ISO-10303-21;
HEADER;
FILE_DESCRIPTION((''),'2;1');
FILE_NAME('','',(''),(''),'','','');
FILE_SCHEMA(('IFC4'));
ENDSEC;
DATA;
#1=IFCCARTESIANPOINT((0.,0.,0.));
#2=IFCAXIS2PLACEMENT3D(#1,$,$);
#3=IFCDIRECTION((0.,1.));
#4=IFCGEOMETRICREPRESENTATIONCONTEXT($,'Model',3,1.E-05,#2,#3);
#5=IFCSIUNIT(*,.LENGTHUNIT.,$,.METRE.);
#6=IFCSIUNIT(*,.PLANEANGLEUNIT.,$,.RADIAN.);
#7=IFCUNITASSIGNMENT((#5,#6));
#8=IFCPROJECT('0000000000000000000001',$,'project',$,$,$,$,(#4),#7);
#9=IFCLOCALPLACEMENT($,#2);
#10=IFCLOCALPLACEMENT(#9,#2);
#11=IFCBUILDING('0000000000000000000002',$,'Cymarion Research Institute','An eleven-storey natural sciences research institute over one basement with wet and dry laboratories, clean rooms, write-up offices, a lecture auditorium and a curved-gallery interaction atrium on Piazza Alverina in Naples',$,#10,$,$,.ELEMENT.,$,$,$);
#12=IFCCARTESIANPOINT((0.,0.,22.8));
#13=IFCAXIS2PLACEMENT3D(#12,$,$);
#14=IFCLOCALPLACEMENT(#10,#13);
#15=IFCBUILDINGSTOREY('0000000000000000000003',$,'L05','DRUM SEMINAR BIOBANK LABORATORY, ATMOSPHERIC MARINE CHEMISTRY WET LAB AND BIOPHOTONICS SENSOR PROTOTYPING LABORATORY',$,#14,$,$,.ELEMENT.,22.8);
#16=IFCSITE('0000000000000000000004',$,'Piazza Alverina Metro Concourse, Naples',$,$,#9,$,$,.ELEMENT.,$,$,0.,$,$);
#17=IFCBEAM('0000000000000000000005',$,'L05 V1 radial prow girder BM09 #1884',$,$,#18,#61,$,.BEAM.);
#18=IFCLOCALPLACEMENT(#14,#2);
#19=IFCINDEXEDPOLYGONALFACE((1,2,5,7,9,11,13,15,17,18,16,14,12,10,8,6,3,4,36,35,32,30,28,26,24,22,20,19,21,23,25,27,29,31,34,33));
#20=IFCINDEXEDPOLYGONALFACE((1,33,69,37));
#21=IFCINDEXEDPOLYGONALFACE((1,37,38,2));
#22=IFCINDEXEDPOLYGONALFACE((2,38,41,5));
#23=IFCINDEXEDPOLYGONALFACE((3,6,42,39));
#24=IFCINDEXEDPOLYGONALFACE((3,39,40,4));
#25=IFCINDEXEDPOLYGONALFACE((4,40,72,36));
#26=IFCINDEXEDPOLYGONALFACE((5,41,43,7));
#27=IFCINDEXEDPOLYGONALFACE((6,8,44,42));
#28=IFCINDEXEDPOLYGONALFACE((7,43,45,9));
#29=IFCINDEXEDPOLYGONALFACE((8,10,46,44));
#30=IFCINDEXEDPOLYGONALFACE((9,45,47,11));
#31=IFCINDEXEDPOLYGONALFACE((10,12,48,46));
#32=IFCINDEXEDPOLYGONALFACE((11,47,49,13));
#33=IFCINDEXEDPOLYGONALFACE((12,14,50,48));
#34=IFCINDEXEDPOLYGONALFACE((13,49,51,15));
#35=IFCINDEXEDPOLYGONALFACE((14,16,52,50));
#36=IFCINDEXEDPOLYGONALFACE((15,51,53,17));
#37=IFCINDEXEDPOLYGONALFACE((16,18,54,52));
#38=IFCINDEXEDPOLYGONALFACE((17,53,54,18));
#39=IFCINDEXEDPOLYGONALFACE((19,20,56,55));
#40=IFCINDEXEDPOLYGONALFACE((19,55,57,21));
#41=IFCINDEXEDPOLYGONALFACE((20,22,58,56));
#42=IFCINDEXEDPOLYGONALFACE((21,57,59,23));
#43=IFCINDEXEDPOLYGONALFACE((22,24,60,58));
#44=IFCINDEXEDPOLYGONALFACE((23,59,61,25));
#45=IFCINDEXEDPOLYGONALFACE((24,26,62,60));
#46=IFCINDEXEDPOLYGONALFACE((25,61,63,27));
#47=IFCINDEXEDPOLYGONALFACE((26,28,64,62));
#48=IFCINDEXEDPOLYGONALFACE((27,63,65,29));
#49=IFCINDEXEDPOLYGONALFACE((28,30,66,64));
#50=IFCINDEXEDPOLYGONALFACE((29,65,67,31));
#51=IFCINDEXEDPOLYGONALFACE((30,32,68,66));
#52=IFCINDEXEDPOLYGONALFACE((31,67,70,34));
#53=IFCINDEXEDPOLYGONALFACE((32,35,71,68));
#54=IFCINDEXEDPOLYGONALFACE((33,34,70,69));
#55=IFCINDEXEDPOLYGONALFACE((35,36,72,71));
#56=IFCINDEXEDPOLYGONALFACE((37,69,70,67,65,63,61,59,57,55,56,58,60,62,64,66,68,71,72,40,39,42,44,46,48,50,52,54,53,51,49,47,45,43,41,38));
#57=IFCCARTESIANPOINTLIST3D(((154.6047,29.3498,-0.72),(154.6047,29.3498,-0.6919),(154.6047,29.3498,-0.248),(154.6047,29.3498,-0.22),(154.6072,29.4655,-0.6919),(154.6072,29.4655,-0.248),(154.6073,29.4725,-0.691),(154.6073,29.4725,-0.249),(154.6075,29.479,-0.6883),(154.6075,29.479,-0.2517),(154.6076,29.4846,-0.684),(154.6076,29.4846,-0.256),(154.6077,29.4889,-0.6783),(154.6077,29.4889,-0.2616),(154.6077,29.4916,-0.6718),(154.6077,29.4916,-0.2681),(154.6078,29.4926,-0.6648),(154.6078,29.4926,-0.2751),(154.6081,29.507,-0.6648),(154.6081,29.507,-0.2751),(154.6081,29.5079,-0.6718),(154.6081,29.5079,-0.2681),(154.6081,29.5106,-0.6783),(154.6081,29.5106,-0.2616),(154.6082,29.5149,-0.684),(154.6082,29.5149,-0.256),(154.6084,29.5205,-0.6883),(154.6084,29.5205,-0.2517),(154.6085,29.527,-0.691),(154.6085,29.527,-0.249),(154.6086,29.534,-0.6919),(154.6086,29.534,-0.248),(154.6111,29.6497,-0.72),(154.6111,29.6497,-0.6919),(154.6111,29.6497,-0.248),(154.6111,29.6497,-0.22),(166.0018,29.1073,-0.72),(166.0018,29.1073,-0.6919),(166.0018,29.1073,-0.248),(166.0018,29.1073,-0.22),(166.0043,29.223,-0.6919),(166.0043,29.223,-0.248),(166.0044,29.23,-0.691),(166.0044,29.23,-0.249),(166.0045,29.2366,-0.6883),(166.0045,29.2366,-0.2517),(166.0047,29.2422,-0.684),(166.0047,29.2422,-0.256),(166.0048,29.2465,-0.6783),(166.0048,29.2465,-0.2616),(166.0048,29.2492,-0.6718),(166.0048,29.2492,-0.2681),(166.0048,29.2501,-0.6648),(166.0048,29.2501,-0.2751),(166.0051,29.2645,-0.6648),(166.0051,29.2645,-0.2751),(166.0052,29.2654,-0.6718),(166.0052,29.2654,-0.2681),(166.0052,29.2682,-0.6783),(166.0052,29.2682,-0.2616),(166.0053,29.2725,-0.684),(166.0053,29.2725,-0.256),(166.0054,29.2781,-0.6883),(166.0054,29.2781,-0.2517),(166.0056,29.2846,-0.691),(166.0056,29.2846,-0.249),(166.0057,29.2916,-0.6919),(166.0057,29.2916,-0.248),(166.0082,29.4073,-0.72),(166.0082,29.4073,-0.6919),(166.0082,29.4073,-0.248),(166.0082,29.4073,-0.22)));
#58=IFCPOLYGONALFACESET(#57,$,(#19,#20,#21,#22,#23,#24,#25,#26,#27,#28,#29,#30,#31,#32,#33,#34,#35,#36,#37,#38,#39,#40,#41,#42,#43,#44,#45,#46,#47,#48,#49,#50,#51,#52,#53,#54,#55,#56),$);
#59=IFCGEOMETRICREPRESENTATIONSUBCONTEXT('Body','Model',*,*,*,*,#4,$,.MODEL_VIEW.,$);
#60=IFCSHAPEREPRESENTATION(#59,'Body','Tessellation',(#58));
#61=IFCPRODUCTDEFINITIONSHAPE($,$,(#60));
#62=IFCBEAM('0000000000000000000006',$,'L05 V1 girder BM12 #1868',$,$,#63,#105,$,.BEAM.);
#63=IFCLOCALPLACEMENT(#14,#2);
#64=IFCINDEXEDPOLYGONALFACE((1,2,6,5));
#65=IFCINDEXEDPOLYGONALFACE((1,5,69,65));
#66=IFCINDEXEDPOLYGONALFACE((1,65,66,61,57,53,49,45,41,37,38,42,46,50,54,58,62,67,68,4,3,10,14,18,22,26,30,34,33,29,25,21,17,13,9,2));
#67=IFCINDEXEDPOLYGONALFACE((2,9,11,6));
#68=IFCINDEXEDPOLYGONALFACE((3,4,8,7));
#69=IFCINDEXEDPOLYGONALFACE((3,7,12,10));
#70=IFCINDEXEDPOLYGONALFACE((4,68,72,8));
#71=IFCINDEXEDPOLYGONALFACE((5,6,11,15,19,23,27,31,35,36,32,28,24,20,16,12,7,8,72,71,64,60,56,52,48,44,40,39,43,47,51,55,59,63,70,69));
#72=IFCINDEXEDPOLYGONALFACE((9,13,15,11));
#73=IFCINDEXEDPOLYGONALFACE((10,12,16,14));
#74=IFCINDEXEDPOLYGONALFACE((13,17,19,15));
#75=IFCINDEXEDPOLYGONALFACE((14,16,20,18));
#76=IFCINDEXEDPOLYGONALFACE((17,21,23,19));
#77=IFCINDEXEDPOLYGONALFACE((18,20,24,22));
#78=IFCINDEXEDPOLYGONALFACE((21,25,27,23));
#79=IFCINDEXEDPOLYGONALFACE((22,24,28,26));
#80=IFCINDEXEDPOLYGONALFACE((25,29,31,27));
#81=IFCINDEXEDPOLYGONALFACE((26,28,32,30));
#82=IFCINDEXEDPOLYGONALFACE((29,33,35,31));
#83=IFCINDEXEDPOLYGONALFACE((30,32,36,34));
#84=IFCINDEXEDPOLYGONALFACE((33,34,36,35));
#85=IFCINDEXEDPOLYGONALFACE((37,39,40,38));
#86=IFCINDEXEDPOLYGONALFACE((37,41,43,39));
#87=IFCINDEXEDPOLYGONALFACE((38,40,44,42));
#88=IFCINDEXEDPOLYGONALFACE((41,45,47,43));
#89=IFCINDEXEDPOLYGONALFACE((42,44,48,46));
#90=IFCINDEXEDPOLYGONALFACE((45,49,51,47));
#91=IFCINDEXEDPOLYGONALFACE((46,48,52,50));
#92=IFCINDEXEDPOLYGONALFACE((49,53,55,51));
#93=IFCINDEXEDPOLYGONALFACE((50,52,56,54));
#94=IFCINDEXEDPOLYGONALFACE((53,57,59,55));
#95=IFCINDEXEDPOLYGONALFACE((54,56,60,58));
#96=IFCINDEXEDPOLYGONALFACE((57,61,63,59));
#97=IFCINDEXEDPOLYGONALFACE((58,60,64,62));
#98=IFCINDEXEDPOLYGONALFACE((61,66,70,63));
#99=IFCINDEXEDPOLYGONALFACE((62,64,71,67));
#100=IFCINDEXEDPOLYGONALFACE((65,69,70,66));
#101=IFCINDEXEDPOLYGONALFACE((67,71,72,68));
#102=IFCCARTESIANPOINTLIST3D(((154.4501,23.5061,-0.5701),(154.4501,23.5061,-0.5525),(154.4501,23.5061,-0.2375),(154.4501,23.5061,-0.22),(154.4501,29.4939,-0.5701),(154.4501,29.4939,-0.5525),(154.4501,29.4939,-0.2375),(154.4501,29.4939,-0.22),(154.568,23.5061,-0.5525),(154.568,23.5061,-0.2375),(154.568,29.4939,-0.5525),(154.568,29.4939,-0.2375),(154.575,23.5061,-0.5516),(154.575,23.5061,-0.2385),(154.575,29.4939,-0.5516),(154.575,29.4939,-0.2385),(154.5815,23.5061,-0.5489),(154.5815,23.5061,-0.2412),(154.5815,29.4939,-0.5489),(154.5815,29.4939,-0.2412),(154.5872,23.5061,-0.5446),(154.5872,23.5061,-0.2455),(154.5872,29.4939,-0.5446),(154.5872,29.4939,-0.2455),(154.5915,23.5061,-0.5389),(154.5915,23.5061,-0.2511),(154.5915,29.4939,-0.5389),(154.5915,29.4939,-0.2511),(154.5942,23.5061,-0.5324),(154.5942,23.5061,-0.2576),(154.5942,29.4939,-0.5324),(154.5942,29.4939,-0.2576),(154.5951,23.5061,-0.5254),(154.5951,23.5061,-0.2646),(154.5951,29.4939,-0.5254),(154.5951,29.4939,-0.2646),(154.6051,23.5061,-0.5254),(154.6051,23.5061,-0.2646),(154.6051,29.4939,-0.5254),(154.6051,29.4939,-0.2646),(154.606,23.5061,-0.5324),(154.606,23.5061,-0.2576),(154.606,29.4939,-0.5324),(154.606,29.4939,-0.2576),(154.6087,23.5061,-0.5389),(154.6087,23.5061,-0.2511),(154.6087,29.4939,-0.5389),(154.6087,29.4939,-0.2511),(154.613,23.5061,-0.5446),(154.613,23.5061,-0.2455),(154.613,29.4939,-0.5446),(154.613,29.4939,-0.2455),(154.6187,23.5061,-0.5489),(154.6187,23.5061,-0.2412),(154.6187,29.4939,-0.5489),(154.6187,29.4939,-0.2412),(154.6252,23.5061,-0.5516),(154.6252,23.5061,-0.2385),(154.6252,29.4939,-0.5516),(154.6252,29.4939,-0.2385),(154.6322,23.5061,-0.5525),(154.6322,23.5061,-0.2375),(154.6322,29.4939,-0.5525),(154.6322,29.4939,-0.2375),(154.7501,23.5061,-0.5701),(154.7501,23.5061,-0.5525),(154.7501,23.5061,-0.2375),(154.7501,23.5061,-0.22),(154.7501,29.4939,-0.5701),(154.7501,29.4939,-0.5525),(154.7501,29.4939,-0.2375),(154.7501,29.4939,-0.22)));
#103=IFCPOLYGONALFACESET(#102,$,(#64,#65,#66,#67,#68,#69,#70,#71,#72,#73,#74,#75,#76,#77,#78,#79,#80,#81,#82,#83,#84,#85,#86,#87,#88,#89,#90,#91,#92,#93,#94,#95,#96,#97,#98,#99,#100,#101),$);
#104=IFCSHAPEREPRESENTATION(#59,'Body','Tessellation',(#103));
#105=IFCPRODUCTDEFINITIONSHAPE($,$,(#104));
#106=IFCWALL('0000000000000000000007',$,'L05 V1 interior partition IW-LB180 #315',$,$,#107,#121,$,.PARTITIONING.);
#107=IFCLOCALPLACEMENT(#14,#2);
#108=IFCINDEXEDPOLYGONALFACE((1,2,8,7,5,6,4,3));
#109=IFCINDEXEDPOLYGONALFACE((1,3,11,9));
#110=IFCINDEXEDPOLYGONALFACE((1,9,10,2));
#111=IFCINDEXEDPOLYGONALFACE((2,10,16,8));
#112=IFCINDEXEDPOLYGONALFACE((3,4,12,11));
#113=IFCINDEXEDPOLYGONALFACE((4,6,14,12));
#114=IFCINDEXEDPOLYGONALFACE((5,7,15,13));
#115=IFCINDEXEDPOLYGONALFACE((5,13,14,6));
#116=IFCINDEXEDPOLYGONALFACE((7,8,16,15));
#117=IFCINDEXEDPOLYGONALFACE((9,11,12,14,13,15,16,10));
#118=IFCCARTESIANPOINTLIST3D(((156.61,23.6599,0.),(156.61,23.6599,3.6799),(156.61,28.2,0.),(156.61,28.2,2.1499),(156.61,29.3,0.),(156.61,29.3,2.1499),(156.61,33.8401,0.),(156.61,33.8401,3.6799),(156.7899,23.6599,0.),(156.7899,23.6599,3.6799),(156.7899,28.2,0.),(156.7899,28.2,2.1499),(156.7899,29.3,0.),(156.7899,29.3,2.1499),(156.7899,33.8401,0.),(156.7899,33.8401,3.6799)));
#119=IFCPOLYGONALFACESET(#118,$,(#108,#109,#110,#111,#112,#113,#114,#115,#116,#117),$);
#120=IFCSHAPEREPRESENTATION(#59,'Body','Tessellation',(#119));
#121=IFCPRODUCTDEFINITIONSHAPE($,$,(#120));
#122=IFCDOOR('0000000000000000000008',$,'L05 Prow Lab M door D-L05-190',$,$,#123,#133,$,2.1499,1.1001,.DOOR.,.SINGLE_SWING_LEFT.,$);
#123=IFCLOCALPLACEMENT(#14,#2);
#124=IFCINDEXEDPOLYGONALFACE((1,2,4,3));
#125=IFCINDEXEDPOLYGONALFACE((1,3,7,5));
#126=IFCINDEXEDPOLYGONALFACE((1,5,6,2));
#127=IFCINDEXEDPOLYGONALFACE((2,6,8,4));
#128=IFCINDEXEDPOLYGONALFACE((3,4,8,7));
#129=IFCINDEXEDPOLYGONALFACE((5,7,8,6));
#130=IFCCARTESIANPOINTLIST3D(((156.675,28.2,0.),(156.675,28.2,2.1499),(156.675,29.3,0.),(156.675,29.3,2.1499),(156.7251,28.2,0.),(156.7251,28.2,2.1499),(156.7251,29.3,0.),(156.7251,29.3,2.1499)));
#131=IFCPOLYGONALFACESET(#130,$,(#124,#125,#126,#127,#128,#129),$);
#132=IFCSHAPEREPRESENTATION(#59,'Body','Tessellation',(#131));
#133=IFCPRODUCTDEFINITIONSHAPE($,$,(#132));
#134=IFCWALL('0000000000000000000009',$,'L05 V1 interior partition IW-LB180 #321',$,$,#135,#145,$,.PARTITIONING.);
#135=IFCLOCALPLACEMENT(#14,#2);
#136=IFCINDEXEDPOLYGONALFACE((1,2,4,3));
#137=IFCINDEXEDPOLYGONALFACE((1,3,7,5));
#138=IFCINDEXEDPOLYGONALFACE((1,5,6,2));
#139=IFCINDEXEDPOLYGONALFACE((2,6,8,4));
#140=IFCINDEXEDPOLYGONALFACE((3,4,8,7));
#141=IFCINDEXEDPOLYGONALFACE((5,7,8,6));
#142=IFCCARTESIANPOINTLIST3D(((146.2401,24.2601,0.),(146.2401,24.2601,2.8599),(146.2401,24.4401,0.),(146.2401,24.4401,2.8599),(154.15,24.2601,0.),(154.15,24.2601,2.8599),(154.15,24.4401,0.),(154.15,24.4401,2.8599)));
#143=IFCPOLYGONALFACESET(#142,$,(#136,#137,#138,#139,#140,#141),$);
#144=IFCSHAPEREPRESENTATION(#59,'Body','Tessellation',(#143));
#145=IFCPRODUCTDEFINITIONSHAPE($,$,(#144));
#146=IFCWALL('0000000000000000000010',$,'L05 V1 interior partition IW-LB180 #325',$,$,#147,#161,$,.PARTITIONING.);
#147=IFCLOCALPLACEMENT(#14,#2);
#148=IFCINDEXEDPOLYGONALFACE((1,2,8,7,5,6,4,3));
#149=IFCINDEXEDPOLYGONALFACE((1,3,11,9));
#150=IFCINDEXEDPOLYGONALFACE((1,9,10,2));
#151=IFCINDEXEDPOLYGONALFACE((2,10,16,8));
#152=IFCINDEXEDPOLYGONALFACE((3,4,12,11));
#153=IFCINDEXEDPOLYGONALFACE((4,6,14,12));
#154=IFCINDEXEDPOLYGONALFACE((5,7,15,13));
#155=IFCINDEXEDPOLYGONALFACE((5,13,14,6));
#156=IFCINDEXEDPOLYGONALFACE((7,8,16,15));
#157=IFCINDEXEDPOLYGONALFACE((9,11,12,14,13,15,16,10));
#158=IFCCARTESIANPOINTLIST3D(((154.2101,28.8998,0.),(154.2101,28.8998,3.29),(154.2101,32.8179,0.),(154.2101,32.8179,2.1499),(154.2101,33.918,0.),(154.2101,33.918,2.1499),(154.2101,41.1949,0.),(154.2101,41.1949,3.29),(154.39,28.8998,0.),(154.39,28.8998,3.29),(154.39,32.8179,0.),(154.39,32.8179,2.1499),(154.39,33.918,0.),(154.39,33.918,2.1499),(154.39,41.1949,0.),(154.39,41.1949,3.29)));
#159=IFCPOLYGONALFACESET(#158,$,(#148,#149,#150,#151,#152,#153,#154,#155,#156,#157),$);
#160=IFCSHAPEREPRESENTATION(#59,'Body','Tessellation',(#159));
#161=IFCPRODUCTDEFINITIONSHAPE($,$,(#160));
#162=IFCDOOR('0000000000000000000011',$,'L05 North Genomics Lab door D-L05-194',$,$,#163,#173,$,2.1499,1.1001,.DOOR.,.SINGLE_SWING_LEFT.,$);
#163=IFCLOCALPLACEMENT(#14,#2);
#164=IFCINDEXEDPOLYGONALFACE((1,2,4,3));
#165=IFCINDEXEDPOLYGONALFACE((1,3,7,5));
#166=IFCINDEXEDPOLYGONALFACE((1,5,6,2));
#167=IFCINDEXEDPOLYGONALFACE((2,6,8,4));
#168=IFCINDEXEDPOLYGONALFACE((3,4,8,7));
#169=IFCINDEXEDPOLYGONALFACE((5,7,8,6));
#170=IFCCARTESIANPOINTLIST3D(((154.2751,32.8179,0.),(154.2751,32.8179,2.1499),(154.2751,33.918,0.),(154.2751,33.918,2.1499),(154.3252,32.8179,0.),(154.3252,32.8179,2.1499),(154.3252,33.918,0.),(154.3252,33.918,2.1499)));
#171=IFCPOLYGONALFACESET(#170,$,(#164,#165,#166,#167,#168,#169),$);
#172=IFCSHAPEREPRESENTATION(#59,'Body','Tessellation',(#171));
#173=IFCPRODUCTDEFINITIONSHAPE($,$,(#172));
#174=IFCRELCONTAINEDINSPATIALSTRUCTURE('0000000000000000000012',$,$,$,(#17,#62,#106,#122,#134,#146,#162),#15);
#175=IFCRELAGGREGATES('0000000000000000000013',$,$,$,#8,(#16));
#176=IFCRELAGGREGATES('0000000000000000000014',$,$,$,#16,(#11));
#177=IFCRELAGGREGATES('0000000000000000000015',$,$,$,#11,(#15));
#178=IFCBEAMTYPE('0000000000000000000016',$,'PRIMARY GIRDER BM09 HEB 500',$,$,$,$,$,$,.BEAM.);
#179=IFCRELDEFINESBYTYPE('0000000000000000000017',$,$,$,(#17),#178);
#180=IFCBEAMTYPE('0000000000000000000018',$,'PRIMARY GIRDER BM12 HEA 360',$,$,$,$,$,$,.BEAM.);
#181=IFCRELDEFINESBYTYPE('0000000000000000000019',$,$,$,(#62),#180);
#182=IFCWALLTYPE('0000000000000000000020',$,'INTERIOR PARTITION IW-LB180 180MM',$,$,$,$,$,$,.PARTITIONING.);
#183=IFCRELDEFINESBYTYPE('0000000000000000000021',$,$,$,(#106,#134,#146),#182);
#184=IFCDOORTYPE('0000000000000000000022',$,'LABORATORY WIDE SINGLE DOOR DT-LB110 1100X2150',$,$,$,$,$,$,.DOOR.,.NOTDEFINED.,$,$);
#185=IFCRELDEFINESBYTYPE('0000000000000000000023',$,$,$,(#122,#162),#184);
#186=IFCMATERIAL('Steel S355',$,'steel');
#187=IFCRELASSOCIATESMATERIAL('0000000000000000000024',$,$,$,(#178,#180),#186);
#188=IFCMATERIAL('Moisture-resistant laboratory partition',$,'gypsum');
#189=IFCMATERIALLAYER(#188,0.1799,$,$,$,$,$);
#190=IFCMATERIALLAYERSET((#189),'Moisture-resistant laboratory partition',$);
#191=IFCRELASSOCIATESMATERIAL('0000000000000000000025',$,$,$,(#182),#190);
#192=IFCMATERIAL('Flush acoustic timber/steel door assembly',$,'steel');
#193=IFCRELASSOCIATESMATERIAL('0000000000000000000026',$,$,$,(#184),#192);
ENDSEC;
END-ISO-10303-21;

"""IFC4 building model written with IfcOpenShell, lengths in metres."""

from ifc_helpers import new_model, si_unit, direction, frame, frame_2d, origin, origin_2d, place, context, subcontext, project, spatial, rectangle, i_section, extrude, material, layer, layer_set, material_profile, profile_set, type_object, element, fill, save


model = new_model("IFC4")

# Units and contexts
model_context = context("Model", 3, precision=1e-05, world=origin(), true_north=direction((0.0, 1.0)))
body_context = subcontext(model_context, "Body", "Model", "MODEL_VIEW")
ifc_project = project(units=[si_unit("LENGTHUNIT", "METRE"), si_unit("PLANEANGLEUNIT", "RADIAN")], contexts=[model_context])

# Site, building, storey
site_placement = place(None, origin())
site = spatial("IfcSite", under=ifc_project, at=site_placement, Name="Piazza Alverina Metro Concourse, Naples", CompositionType="ELEMENT", RefElevation=0.0)
building_placement = place(site_placement, origin())
building = spatial("IfcBuilding", under=site, at=building_placement, Name="Cymarion Research Institute", Description="An eleven-storey natural sciences research institute over one basement with wet and dry laboratories, clean rooms, write-up offices, a lecture auditorium and a curved-gallery interaction atrium on Piazza Alverina in Naples", CompositionType="ELEMENT")
storey_placement = place(building_placement, frame((0.0, 0.0, 22.8)))
storey = spatial("IfcBuildingStorey", under=building, at=storey_placement, Name="L05", Description="DRUM SEMINAR BIOBANK LABORATORY, ATMOSPHERIC MARINE CHEMISTRY WET LAB AND BIOPHOTONICS SENSOR PROTOTYPING LABORATORY", CompositionType="ELEMENT", Elevation=22.8)

# Shared definitions
ifc_material_1 = material(Name="Steel S355", Category="steel")

# Beams
ifc_material_profile_1 = material_profile(ifc_material_1, i_section(OverallWidth=0.3, OverallDepth=0.5, WebThickness=0.0144, FlangeThickness=0.0281, FilletRadius=0.0271, at=origin_2d()), Name="HEB 500")
ifc_profile_set_1 = profile_set([ifc_material_profile_1], Name="Steel S355")
beam_type_1 = type_object("IfcBeamType", Name="PRIMARY GIRDER BM09 HEB 500", PredefinedType="BEAM", material=ifc_profile_set_1)
beam_1_placement = place(storey_placement, frame((154.6079, 29.4998, -0.47), z_axis=(0.999774, -0.021267, 0.0), x_axis=(0.021267, 0.999774, 0.0)))
element("IfcBeam", 1, at=beam_1_placement, inside=storey, type_object=beam_type_1, Name="L05 V1 radial prow girder BM09 #1884", PredefinedType="BEAM", context=body_context, shape_type="SweptSolid", body=[
    extrude(i_section(OverallWidth=0.3, OverallDepth=0.5, WebThickness=0.0144, FlangeThickness=0.0281, FilletRadius=0.0271, at=origin_2d()), origin(), (0.0, 0.0, 1.0), 11.3997),
])
ifc_material_profile_2 = material_profile(ifc_material_1, i_section(OverallWidth=0.3, OverallDepth=0.3501, WebThickness=0.01, FlangeThickness=0.0176, FilletRadius=0.0271, at=origin_2d()), Name="HEA 360")
ifc_profile_set_2 = profile_set([ifc_material_profile_2], Name="Steel S355")
beam_type_2 = type_object("IfcBeamType", Name="PRIMARY GIRDER BM12 HEA 360", PredefinedType="BEAM", material=ifc_profile_set_2)
beam_2_placement = place(storey_placement, frame((154.6001, 23.5061, -0.395), z_axis=(0.0, 1.0, 0.0), x_axis=(-1.0, 0.0, 0.0)))
element("IfcBeam", 2, at=beam_2_placement, inside=storey, type_object=beam_type_2, Name="L05 V1 girder BM12 #1868", PredefinedType="BEAM", context=body_context, shape_type="SweptSolid", body=[
    extrude(i_section(OverallWidth=0.3, OverallDepth=0.3501, WebThickness=0.01, FlangeThickness=0.0176, FilletRadius=0.0271, at=origin_2d()), origin(), (0.0, 0.0, 1.0), 5.9878),
])

# Wall, opening, door
ifc_material_2 = material(Name="Moisture-resistant laboratory partition", Category="gypsum")
ifc_layer_1 = layer(ifc_material_2, 0.1799)
ifc_layer_set_1 = layer_set([ifc_layer_1], Name="Moisture-resistant laboratory partition")
wall_type_1 = type_object("IfcWallType", Name="INTERIOR PARTITION IW-LB180 180MM", PredefinedType="PARTITIONING", material=ifc_layer_set_1)
wall_1_placement = place(storey_placement, frame((156.7, 23.6599, 0.0), z_axis=(0.0, 0.0, 1.0), x_axis=(0.0, 1.0, 0.0)))
wall_1 = element("IfcWall", 3, at=wall_1_placement, inside=storey, type_object=wall_type_1, Name="L05 V1 interior partition IW-LB180 #315", PredefinedType="PARTITIONING", context=body_context, shape_type="SweptSolid", body=[
    extrude(rectangle(XDim=10.1802, YDim=0.1799, at=frame_2d((5.0901, 0.0))), origin(), (0.0, 0.0, 1.0), 3.6799),
])
opening_1_placement = place(wall_1_placement, frame((4.54, 0.0, 0.0)))
opening_1 = element("IfcOpeningElement", 4, at=opening_1_placement, cuts=wall_1, PredefinedType="OPENING", context=body_context, shape_type="SweptSolid", body=[
    extrude(rectangle(XDim=1.1001, YDim=2.1499, at=frame_2d((0.55, 1.075))), frame((0.0, 0.0999, 0.0), z_axis=(0.0, -1.0, 0.0), x_axis=(1.0, 0.0, 0.0)), (0.0, 0.0, 1.0), 0.2),
])
ifc_material_3 = material(Name="Flush acoustic timber/steel door assembly", Category="steel")
door_type_1 = type_object("IfcDoorType", Name="LABORATORY WIDE SINGLE DOOR DT-LB110 1100X2150", OperationType="NOTDEFINED", PredefinedType="DOOR", material=ifc_material_3)
door_1_placement = place(opening_1_placement, origin())
door_1 = element("IfcDoor", 5, at=door_1_placement, inside=storey, type_object=door_type_1, Name="L05 Prow Lab M door D-L05-190", OperationType="SINGLE_SWING_LEFT", OverallHeight=2.1499, OverallWidth=1.1001, PredefinedType="DOOR", context=body_context, shape_type="SweptSolid", body=[
    extrude(rectangle(XDim=1.1001, YDim=2.1499, at=frame_2d((0.55, 1.075))), frame((0.0, 0.0249, 0.0), z_axis=(0.0, -1.0, 0.0), x_axis=(1.0, 0.0, 0.0)), (0.0, 0.0, 1.0), 0.05),
])
fill(opening_1, door_1)

# Wall
wall_2_placement = place(storey_placement, frame((146.24, 24.3501, 0.0), z_axis=(0.0, 0.0, 1.0), x_axis=(1.0, 0.0, 0.0)))
element("IfcWall", 6, at=wall_2_placement, inside=storey, type_object=wall_type_1, Name="L05 V1 interior partition IW-LB180 #321", PredefinedType="PARTITIONING", context=body_context, shape_type="SweptSolid", body=[
    extrude(rectangle(XDim=7.9099, YDim=0.1799, at=frame_2d((3.9551, 0.0))), origin(), (0.0, 0.0, 1.0), 2.8599),
])

# Wall, opening, door
wall_3_placement = place(storey_placement, frame((154.3, 28.8999, 0.0), z_axis=(0.0, 0.0, 1.0), x_axis=(0.0, 1.0, 0.0)))
wall_3 = element("IfcWall", 7, at=wall_3_placement, inside=storey, type_object=wall_type_1, Name="L05 V1 interior partition IW-LB180 #325", PredefinedType="PARTITIONING", context=body_context, shape_type="SweptSolid", body=[
    extrude(rectangle(XDim=12.2952, YDim=0.1799, at=frame_2d((6.1475, 0.0))), origin(), (0.0, 0.0, 1.0), 3.29),
])
opening_2_placement = place(wall_3_placement, frame((3.918, 0.0, 0.0)))
opening_2 = element("IfcOpeningElement", 8, at=opening_2_placement, cuts=wall_3, PredefinedType="OPENING", context=body_context, shape_type="SweptSolid", body=[
    extrude(rectangle(XDim=1.1001, YDim=2.1499, at=frame_2d((0.55, 1.075))), frame((0.0, 0.0999, 0.0), z_axis=(0.0, -1.0, 0.0), x_axis=(1.0, 0.0, 0.0)), (0.0, 0.0, 1.0), 0.2),
])
door_2_placement = place(opening_2_placement, origin())
door_2 = element("IfcDoor", 9, at=door_2_placement, inside=storey, type_object=door_type_1, Name="L05 North Genomics Lab door D-L05-194", OperationType="SINGLE_SWING_LEFT", OverallHeight=2.1499, OverallWidth=1.1001, PredefinedType="DOOR", context=body_context, shape_type="SweptSolid", body=[
    extrude(rectangle(XDim=1.1001, YDim=2.1499, at=frame_2d((0.55, 1.075))), frame((0.0, 0.0249, 0.0), z_axis=(0.0, -1.0, 0.0), x_axis=(1.0, 0.0, 0.0)), (0.0, 0.0, 1.0), 0.05),
])
fill(opening_2, door_2)

save(model, "model.ifc")
